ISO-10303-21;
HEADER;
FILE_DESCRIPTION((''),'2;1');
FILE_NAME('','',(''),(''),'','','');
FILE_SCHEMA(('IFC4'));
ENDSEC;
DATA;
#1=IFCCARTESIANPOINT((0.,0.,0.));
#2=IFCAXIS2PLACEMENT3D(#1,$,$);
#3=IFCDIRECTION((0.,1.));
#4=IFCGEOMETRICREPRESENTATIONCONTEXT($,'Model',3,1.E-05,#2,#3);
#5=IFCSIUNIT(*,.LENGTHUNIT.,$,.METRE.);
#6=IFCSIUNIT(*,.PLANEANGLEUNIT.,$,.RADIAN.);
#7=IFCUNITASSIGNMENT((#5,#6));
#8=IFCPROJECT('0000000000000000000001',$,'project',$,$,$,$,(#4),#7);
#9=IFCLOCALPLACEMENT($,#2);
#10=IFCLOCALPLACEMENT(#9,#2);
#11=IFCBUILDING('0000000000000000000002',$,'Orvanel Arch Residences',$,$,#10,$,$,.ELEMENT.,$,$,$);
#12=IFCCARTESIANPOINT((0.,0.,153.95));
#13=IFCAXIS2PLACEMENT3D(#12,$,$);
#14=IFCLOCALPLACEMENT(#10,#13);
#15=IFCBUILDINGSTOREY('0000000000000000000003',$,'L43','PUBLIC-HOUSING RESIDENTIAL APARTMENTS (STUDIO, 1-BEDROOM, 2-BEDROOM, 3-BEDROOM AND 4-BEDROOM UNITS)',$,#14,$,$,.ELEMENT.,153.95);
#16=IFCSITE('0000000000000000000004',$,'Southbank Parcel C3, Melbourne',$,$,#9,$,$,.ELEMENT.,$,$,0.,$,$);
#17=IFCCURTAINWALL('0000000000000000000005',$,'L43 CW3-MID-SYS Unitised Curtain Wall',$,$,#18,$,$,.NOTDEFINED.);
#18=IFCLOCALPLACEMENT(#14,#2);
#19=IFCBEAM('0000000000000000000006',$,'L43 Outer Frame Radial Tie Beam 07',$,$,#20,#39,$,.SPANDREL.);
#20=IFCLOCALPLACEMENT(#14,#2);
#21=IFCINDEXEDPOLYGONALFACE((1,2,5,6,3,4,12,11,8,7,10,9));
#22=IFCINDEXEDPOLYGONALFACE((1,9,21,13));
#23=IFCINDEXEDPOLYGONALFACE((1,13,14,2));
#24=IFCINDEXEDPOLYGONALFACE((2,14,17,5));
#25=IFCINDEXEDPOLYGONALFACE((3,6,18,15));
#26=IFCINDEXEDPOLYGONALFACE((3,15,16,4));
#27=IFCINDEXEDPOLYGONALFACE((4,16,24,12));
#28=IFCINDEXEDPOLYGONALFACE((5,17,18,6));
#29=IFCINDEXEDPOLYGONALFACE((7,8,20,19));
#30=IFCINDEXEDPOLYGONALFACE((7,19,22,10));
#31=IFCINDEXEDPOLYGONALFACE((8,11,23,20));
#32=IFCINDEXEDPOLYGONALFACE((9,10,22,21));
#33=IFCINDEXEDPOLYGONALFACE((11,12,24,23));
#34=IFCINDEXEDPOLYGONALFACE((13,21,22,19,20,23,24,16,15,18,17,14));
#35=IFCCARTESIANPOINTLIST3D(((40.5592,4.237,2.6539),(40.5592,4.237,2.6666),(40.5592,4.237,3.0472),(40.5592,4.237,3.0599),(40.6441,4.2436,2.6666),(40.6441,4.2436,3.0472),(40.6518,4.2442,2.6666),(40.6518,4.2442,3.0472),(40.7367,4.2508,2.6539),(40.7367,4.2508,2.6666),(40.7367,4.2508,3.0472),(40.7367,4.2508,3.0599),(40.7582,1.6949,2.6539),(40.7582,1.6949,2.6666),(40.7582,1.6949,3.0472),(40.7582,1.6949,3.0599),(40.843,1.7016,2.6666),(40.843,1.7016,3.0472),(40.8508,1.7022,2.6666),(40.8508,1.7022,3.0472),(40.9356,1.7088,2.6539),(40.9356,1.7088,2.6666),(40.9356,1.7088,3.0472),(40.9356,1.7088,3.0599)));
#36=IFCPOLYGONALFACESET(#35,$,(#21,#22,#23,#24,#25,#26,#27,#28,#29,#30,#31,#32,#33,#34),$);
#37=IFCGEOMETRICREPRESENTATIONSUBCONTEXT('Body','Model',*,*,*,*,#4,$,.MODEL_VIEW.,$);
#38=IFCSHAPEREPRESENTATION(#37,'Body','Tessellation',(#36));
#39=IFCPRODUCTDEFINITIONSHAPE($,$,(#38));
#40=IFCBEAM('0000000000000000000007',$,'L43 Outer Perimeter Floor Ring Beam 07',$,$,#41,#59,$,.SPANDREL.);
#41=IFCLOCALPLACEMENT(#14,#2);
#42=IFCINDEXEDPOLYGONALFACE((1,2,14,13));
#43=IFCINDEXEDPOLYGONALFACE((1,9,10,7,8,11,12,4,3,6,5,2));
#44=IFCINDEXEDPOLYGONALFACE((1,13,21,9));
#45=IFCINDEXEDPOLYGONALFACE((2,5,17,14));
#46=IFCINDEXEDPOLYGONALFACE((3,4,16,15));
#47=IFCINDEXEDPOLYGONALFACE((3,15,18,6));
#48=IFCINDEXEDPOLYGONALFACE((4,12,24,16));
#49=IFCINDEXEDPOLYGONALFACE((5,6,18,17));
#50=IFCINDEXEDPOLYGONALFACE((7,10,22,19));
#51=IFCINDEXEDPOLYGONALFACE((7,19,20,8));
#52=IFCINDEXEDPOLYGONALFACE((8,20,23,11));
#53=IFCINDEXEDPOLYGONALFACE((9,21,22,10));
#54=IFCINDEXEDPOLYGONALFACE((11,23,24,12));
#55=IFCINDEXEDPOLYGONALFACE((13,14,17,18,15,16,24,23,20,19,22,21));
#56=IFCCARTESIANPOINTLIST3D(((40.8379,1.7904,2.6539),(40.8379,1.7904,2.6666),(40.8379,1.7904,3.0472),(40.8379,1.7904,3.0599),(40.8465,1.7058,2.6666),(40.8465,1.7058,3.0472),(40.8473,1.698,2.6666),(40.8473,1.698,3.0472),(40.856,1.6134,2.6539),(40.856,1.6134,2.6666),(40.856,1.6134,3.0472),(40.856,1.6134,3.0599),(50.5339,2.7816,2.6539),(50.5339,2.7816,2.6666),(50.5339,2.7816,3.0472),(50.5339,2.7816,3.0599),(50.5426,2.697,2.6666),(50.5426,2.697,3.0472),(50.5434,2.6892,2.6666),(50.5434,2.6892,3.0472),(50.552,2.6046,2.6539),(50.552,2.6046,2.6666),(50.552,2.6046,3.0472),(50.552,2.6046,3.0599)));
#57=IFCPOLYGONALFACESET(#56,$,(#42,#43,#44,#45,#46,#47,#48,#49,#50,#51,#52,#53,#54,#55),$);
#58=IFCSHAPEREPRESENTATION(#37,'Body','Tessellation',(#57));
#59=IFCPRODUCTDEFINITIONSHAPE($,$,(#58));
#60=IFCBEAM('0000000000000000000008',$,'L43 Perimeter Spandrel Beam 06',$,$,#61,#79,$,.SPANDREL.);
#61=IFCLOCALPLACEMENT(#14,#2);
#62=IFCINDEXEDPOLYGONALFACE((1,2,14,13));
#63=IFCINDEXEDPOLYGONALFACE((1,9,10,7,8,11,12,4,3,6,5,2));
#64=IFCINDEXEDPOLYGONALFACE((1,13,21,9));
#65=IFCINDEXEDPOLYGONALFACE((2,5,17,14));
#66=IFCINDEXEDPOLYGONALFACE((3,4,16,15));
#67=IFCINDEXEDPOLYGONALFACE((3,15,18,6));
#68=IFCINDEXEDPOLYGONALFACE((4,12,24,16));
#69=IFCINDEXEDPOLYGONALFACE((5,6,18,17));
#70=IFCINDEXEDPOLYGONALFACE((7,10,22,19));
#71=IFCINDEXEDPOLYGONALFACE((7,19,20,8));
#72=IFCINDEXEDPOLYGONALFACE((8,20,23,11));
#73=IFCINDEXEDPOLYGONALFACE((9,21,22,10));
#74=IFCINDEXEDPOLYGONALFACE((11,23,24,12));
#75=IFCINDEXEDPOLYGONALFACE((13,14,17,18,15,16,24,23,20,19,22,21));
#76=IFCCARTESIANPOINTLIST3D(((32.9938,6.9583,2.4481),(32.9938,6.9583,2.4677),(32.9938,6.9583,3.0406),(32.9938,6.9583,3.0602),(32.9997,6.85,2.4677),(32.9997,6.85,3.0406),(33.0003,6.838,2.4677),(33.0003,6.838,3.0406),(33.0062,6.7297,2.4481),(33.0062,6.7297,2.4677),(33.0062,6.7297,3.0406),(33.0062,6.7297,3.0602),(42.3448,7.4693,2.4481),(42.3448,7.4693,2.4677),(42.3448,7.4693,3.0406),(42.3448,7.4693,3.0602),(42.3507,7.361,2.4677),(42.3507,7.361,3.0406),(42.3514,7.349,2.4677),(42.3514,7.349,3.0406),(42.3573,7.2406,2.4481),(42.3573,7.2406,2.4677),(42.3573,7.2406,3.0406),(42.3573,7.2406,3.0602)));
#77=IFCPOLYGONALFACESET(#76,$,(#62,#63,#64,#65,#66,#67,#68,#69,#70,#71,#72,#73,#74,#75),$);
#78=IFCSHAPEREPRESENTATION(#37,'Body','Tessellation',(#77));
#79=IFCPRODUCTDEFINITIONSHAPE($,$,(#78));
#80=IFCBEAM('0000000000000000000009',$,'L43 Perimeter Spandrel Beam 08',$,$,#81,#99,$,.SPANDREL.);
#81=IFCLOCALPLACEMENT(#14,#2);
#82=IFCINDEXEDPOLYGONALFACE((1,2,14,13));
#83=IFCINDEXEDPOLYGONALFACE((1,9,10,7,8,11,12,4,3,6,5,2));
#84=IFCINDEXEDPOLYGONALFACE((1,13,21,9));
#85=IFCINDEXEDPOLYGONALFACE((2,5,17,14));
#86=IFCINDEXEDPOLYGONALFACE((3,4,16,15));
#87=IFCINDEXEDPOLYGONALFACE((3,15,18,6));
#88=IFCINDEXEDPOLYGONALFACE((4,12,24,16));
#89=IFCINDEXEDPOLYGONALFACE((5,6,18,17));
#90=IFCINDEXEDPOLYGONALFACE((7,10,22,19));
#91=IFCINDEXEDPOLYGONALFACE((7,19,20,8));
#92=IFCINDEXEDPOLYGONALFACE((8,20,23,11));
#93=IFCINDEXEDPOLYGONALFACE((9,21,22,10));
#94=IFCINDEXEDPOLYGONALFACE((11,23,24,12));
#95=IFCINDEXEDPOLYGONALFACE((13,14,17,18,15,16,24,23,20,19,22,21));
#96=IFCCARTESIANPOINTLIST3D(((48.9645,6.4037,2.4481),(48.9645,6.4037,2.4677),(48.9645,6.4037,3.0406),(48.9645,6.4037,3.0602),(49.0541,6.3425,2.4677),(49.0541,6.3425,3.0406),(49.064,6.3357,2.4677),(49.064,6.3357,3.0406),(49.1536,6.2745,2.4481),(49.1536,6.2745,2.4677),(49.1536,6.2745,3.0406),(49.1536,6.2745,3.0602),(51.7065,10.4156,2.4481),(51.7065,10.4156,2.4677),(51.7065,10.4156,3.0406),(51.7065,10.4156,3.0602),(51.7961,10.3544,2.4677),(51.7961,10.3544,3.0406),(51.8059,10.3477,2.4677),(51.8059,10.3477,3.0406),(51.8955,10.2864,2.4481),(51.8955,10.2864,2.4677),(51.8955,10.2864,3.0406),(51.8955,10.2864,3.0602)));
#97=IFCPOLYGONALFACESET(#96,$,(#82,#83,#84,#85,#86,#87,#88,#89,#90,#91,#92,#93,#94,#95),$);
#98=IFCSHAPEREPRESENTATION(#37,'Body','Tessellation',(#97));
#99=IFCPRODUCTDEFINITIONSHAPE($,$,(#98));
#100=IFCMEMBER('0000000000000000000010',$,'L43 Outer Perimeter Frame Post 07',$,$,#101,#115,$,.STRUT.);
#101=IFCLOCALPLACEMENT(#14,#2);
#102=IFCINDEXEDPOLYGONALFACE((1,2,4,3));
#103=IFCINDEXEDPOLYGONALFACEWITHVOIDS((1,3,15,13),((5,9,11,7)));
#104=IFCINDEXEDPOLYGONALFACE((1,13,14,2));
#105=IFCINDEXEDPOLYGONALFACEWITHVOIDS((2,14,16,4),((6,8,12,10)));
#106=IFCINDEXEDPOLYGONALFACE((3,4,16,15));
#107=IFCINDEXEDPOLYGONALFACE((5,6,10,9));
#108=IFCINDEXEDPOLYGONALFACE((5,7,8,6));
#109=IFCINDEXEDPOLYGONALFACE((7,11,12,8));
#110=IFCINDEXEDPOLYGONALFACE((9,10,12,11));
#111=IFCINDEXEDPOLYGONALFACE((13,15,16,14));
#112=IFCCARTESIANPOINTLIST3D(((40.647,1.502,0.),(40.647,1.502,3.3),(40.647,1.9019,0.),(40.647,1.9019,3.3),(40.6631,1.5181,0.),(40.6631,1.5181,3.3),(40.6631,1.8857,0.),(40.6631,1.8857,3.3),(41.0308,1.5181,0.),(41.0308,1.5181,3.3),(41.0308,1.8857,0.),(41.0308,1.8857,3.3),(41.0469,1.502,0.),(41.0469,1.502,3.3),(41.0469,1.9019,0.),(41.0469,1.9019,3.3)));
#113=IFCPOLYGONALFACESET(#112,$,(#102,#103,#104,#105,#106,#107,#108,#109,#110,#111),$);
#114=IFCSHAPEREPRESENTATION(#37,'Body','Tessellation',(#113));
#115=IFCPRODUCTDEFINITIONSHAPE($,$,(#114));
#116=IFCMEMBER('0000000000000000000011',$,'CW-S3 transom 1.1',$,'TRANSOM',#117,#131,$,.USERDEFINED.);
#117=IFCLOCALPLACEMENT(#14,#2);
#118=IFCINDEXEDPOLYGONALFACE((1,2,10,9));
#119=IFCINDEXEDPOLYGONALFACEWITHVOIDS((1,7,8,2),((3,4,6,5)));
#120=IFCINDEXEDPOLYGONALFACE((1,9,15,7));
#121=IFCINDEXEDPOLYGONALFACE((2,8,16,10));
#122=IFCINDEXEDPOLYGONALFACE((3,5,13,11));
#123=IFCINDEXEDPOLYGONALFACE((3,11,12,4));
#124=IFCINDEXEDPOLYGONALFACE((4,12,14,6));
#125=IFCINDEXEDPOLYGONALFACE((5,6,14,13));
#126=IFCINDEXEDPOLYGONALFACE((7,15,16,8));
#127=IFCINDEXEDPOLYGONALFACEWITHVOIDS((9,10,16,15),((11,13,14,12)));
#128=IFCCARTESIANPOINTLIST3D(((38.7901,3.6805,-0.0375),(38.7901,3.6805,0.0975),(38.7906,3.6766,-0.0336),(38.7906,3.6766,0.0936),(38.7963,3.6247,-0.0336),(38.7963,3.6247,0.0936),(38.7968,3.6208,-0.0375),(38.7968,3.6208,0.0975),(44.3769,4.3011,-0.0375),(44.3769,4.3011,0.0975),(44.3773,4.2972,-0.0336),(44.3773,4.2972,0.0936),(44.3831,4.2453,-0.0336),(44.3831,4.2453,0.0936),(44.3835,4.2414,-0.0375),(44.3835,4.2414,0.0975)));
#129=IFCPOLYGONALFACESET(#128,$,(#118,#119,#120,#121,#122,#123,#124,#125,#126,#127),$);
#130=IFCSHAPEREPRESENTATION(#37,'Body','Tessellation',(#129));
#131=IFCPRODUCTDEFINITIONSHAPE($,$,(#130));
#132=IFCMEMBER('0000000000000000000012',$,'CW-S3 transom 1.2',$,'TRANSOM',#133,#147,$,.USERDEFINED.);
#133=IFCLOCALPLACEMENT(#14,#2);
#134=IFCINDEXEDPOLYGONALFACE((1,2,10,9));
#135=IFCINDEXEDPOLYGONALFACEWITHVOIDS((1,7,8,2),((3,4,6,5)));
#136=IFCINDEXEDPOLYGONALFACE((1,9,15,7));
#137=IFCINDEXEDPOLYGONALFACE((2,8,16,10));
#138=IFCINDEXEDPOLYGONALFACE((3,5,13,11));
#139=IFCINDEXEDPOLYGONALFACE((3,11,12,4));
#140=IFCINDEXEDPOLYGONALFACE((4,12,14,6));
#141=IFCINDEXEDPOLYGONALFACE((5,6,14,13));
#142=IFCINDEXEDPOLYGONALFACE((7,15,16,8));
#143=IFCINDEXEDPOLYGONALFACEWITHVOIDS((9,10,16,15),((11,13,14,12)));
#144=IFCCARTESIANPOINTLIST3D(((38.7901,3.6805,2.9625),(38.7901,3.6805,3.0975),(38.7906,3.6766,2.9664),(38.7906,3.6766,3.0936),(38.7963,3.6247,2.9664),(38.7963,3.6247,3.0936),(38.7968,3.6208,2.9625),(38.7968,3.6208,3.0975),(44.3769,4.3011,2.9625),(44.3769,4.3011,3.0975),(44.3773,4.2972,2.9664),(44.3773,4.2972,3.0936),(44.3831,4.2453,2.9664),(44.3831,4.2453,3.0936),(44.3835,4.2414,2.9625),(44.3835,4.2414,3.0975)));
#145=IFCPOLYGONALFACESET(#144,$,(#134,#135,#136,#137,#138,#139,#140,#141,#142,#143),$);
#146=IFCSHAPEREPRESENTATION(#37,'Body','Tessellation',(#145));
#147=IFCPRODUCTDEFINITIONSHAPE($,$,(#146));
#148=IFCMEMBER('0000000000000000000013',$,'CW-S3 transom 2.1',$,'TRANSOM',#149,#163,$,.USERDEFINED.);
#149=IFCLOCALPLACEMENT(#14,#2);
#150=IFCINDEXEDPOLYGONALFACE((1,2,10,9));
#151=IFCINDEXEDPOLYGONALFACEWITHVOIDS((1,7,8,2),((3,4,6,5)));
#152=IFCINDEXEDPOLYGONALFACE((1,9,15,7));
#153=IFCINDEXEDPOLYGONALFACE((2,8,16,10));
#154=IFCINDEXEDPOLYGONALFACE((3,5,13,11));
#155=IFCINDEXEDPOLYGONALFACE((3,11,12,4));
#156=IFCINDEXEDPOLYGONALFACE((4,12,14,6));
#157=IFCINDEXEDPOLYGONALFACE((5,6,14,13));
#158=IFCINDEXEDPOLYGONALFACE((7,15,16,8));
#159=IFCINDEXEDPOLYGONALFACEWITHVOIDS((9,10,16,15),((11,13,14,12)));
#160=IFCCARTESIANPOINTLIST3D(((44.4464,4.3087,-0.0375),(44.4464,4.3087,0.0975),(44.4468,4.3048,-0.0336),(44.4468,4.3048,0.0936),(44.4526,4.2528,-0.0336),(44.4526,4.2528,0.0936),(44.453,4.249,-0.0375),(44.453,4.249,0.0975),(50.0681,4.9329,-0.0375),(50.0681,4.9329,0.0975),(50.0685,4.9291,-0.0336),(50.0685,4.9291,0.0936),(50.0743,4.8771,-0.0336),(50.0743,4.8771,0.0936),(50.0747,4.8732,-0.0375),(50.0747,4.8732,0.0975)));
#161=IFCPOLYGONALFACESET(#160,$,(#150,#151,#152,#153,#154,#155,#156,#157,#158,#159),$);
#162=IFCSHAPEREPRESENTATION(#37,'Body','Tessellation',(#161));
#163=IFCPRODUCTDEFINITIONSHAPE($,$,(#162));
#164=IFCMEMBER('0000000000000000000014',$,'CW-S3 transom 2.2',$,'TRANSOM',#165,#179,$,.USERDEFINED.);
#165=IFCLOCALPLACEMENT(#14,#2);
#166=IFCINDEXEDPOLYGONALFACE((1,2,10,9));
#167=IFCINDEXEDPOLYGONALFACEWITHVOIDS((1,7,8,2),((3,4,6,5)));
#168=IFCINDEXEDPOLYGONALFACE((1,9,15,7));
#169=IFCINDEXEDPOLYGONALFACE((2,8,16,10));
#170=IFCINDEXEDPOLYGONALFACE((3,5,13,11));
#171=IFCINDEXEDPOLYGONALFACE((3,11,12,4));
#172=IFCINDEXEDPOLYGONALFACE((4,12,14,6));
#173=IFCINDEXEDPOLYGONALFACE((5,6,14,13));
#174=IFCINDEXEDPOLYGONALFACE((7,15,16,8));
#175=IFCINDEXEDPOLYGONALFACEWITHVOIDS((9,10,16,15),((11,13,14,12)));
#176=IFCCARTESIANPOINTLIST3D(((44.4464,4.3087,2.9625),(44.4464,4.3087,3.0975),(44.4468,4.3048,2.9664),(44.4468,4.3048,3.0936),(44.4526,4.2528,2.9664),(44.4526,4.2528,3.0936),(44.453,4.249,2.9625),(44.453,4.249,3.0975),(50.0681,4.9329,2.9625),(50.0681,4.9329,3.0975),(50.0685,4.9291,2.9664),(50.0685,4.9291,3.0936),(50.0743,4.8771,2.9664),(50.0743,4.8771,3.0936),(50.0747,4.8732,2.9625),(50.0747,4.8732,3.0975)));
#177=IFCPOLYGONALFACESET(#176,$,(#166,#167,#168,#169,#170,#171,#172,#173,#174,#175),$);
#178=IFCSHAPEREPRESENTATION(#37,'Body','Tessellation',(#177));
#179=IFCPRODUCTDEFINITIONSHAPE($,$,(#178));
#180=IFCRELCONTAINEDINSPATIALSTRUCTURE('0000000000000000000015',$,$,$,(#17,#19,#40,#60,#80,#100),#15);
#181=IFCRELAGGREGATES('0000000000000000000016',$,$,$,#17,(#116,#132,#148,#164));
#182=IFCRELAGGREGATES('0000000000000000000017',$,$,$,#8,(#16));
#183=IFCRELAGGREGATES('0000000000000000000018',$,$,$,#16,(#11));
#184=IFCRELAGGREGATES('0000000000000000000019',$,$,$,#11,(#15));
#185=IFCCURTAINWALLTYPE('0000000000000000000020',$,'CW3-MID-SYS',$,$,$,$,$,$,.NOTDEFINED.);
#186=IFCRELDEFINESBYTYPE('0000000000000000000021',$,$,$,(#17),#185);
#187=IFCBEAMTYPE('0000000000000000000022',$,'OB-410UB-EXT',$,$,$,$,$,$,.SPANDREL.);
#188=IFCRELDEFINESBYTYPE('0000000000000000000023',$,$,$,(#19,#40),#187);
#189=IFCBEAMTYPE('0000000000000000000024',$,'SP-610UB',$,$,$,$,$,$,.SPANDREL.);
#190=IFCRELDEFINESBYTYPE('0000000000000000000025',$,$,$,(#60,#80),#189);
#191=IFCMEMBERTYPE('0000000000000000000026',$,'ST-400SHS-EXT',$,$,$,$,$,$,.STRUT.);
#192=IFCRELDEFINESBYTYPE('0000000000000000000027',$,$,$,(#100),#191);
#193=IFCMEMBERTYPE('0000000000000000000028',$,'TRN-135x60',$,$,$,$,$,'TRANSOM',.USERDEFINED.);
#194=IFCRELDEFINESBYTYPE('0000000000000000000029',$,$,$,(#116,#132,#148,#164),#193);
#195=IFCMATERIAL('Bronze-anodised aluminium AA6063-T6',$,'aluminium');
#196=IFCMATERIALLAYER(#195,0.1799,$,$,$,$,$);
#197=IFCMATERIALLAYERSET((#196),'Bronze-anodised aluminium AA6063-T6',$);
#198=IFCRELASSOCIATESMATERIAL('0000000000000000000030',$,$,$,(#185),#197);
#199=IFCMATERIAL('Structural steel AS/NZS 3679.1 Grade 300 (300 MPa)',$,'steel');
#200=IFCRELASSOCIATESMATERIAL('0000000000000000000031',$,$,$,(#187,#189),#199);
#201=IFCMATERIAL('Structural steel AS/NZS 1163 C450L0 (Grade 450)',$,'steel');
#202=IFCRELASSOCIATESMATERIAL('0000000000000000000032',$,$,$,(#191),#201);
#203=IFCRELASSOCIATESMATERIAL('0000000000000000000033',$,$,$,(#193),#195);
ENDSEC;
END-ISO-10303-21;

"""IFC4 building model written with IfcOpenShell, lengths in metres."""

from ifc_helpers import new_model, si_unit, direction, frame, origin, origin_2d, place, context, subcontext, project, spatial, hollow_rectangle, i_section, extrude, material, layer, layer_set, material_profile, profile_set, type_object, element, aggregate, save


model = new_model("IFC4")

# Units and contexts
model_context = context("Model", 3, precision=1e-05, world=origin(), true_north=direction((0.0, 1.0)))
body_context = subcontext(model_context, "Body", "Model", "MODEL_VIEW")
ifc_project = project(units=[si_unit("LENGTHUNIT", "METRE"), si_unit("PLANEANGLEUNIT", "RADIAN")], contexts=[model_context])

# Site, building, storey
site_placement = place(None, origin())
site = spatial("IfcSite", under=ifc_project, at=site_placement, Name="Southbank Parcel C3, Melbourne", CompositionType="ELEMENT", RefElevation=0.0)
building_placement = place(site_placement, origin())
building = spatial("IfcBuilding", under=site, at=building_placement, Name="Orvanel Arch Residences", CompositionType="ELEMENT")
storey_placement = place(building_placement, frame((0.0, 0.0, 153.95)))
storey = spatial("IfcBuildingStorey", under=building, at=storey_placement, Name="L43", Description="PUBLIC-HOUSING RESIDENTIAL APARTMENTS (STUDIO, 1-BEDROOM, 2-BEDROOM, 3-BEDROOM AND 4-BEDROOM UNITS)", CompositionType="ELEMENT", Elevation=153.95)

# Shared definitions
ifc_material_1 = material(Name="Structural steel AS/NZS 1163 C450L0 (Grade 450)", Category="steel")

# Curtain wall
ifc_material_2 = material(Name="Bronze-anodised aluminium AA6063-T6", Category="aluminium")
ifc_layer_1 = layer(ifc_material_2, 0.1799)
ifc_layer_set_1 = layer_set([ifc_layer_1], Name="Bronze-anodised aluminium AA6063-T6")
curtain_wall_type = type_object("IfcCurtainWallType", Name="CW3-MID-SYS", PredefinedType="NOTDEFINED", material=ifc_layer_set_1)
curtain_wall_placement = place(storey_placement, origin())
curtain_wall = element("IfcCurtainWall", 1, at=curtain_wall_placement, inside=storey, type_object=curtain_wall_type, Name="L43 CW3-MID-SYS Unitised Curtain Wall", PredefinedType="NOTDEFINED")

# Beams
ifc_material_3 = material(Name="Structural steel AS/NZS 3679.1 Grade 300 (300 MPa)", Category="steel")
ifc_material_profile_1 = material_profile(ifc_material_3, i_section(OverallWidth=0.178, OverallDepth=0.406, WebThickness=0.0078, FlangeThickness=0.0127, at=origin_2d()), Name="410UB59.7")
ifc_profile_set_1 = profile_set([ifc_material_profile_1], Name="Structural steel AS/NZS 3679.1 Grade 300 (300 MPa)")
beam_type_1 = type_object("IfcBeamType", Name="OB-410UB-EXT", PredefinedType="SPANDREL", material=ifc_profile_set_1)
beam_1_placement = place(storey_placement, frame((40.6479, 4.2439, 2.8569), z_axis=(0.078036, -0.996951, 0.0), x_axis=(0.996951, 0.078036, 0.0)))
element("IfcBeam", 2, at=beam_1_placement, inside=storey, type_object=beam_type_1, Name="L43 Outer Frame Radial Tie Beam 07", PredefinedType="SPANDREL", context=body_context, shape_type="SweptSolid", body=[
    extrude(i_section(OverallWidth=0.178, OverallDepth=0.406, WebThickness=0.0078, FlangeThickness=0.0127, at=origin_2d()), origin(), (0.0, 0.0, 1.0), 2.5498),
])
beam_2_placement = place(storey_placement, frame((40.8469, 1.7019, 2.8569), z_axis=(0.994815, 0.101698, 0.0), x_axis=(-0.101698, 0.994815, 0.0)))
element("IfcBeam", 3, at=beam_2_placement, inside=storey, type_object=beam_type_1, Name="L43 Outer Perimeter Floor Ring Beam 07", PredefinedType="SPANDREL", context=body_context, shape_type="SweptSolid", body=[
    extrude(i_section(OverallWidth=0.178, OverallDepth=0.406, WebThickness=0.0078, FlangeThickness=0.0127, at=origin_2d()), origin(), (0.0, 0.0, 1.0), 9.7466),
])
ifc_material_profile_2 = material_profile(ifc_material_3, i_section(OverallWidth=0.229, OverallDepth=0.6121, WebThickness=0.012, FlangeThickness=0.0195, at=origin_2d()), Name="610UB125")
ifc_profile_set_2 = profile_set([ifc_material_profile_2], Name="Structural steel AS/NZS 3679.1 Grade 300 (300 MPa)")
beam_type_2 = type_object("IfcBeamType", Name="SP-610UB", PredefinedType="SPANDREL", material=ifc_profile_set_2)
beam_3_placement = place(storey_placement, frame((33.0, 6.844, 2.7542), z_axis=(0.99851, 0.054563, 0.0), x_axis=(-0.054563, 0.99851, 0.0)))
element("IfcBeam", 4, at=beam_3_placement, inside=storey, type_object=beam_type_2, Name="L43 Perimeter Spandrel Beam 06", PredefinedType="SPANDREL", context=body_context, shape_type="SweptSolid", body=[
    extrude(i_section(OverallWidth=0.229, OverallDepth=0.6121, WebThickness=0.012, FlangeThickness=0.0195, at=origin_2d()), origin(), (0.0, 0.0, 1.0), 9.365),
])
beam_4_placement = place(storey_placement, frame((49.0591, 6.3391, 2.7542), z_axis=(0.564252, 0.825603, 0.0), x_axis=(-0.825603, 0.564252, 0.0)))
element("IfcBeam", 5, at=beam_4_placement, inside=storey, type_object=beam_type_2, Name="L43 Perimeter Spandrel Beam 08", PredefinedType="SPANDREL", context=body_context, shape_type="SweptSolid", body=[
    extrude(i_section(OverallWidth=0.229, OverallDepth=0.6121, WebThickness=0.012, FlangeThickness=0.0195, at=origin_2d()), origin(), (0.0, 0.0, 1.0), 4.8594),
])

# Members
ifc_material_profile_3 = material_profile(ifc_material_1, hollow_rectangle(XDim=0.3999, YDim=0.3999, WallThickness=0.0161, at=origin_2d()), Name="SHS400x400x16")
ifc_profile_set_3 = profile_set([ifc_material_profile_3], Name="Structural steel AS/NZS 1163 C450L0 (Grade 450)")
member_type_1 = type_object("IfcMemberType", Name="ST-400SHS-EXT", PredefinedType="STRUT", material=ifc_profile_set_3)
member_1_placement = place(storey_placement, frame((40.8469, 1.7019, 0.0), z_axis=(0.0, 0.0, 1.0), x_axis=(1.0, 0.0, 0.0)))
element("IfcMember", 6, at=member_1_placement, inside=storey, type_object=member_type_1, Name="L43 Outer Perimeter Frame Post 07", PredefinedType="STRUT", context=body_context, shape_type="SweptSolid", body=[
    extrude(hollow_rectangle(XDim=0.3999, YDim=0.3999, WallThickness=0.0161, at=origin_2d()), origin(), (0.0, 0.0, 1.0), 3.3),
])
ifc_material_profile_4 = material_profile(ifc_material_2, hollow_rectangle(XDim=0.0601, YDim=0.135, WallThickness=0.0039, at=origin_2d()), Name="ALU135x60x4")
ifc_profile_set_4 = profile_set([ifc_material_profile_4], Name="Bronze-anodised aluminium AA6063-T6")
member_type_2 = type_object("IfcMemberType", Name="TRN-135x60", ElementType="TRANSOM", PredefinedType="USERDEFINED", material=ifc_profile_set_4)
member_2_placement = place(storey_placement, frame((38.7935, 3.6506, 0.03), z_axis=(0.993886, 0.110408, 0.0), x_axis=(-0.110408, 0.993886, 0.0)))
member_2 = element("IfcMember", 7, at=member_2_placement, type_object=member_type_2, Name="CW-S3 transom 1.1", ObjectType="TRANSOM", PredefinedType="USERDEFINED", context=body_context, shape_type="SweptSolid", body=[
    extrude(hollow_rectangle(XDim=0.0601, YDim=0.135, WallThickness=0.0039, at=origin_2d()), origin(), (0.0, 0.0, 1.0), 5.6211),
])
member_3_placement = place(storey_placement, frame((38.7935, 3.6506, 3.03), z_axis=(0.993886, 0.110408, 0.0), x_axis=(-0.110408, 0.993886, 0.0)))
member_3 = element("IfcMember", 8, at=member_3_placement, type_object=member_type_2, Name="CW-S3 transom 1.2", ObjectType="TRANSOM", PredefinedType="USERDEFINED", context=body_context, shape_type="SweptSolid", body=[
    extrude(hollow_rectangle(XDim=0.0601, YDim=0.135, WallThickness=0.0039, at=origin_2d()), origin(), (0.0, 0.0, 1.0), 5.6211),
])
member_4_placement = place(storey_placement, frame((44.4497, 4.2788, 0.03), z_axis=(0.993891, 0.11037, 0.0), x_axis=(-0.11037, 0.993891, 0.0)))
member_4 = element("IfcMember", 9, at=member_4_placement, type_object=member_type_2, Name="CW-S3 transom 2.1", ObjectType="TRANSOM", PredefinedType="USERDEFINED", context=body_context, shape_type="SweptSolid", body=[
    extrude(hollow_rectangle(XDim=0.0601, YDim=0.135, WallThickness=0.0039, at=origin_2d()), origin(), (0.0, 0.0, 1.0), 5.6562),
])
member_5_placement = place(storey_placement, frame((44.4497, 4.2788, 3.03), z_axis=(0.993891, 0.11037, 0.0), x_axis=(-0.11037, 0.993891, 0.0)))
member_5 = element("IfcMember", 10, at=member_5_placement, type_object=member_type_2, Name="CW-S3 transom 2.2", ObjectType="TRANSOM", PredefinedType="USERDEFINED", context=body_context, shape_type="SweptSolid", body=[
    extrude(hollow_rectangle(XDim=0.0601, YDim=0.135, WallThickness=0.0039, at=origin_2d()), origin(), (0.0, 0.0, 1.0), 5.6562),
])

aggregate(curtain_wall, [member_2, member_3, member_4, member_5])

save(model, "model.ifc")
